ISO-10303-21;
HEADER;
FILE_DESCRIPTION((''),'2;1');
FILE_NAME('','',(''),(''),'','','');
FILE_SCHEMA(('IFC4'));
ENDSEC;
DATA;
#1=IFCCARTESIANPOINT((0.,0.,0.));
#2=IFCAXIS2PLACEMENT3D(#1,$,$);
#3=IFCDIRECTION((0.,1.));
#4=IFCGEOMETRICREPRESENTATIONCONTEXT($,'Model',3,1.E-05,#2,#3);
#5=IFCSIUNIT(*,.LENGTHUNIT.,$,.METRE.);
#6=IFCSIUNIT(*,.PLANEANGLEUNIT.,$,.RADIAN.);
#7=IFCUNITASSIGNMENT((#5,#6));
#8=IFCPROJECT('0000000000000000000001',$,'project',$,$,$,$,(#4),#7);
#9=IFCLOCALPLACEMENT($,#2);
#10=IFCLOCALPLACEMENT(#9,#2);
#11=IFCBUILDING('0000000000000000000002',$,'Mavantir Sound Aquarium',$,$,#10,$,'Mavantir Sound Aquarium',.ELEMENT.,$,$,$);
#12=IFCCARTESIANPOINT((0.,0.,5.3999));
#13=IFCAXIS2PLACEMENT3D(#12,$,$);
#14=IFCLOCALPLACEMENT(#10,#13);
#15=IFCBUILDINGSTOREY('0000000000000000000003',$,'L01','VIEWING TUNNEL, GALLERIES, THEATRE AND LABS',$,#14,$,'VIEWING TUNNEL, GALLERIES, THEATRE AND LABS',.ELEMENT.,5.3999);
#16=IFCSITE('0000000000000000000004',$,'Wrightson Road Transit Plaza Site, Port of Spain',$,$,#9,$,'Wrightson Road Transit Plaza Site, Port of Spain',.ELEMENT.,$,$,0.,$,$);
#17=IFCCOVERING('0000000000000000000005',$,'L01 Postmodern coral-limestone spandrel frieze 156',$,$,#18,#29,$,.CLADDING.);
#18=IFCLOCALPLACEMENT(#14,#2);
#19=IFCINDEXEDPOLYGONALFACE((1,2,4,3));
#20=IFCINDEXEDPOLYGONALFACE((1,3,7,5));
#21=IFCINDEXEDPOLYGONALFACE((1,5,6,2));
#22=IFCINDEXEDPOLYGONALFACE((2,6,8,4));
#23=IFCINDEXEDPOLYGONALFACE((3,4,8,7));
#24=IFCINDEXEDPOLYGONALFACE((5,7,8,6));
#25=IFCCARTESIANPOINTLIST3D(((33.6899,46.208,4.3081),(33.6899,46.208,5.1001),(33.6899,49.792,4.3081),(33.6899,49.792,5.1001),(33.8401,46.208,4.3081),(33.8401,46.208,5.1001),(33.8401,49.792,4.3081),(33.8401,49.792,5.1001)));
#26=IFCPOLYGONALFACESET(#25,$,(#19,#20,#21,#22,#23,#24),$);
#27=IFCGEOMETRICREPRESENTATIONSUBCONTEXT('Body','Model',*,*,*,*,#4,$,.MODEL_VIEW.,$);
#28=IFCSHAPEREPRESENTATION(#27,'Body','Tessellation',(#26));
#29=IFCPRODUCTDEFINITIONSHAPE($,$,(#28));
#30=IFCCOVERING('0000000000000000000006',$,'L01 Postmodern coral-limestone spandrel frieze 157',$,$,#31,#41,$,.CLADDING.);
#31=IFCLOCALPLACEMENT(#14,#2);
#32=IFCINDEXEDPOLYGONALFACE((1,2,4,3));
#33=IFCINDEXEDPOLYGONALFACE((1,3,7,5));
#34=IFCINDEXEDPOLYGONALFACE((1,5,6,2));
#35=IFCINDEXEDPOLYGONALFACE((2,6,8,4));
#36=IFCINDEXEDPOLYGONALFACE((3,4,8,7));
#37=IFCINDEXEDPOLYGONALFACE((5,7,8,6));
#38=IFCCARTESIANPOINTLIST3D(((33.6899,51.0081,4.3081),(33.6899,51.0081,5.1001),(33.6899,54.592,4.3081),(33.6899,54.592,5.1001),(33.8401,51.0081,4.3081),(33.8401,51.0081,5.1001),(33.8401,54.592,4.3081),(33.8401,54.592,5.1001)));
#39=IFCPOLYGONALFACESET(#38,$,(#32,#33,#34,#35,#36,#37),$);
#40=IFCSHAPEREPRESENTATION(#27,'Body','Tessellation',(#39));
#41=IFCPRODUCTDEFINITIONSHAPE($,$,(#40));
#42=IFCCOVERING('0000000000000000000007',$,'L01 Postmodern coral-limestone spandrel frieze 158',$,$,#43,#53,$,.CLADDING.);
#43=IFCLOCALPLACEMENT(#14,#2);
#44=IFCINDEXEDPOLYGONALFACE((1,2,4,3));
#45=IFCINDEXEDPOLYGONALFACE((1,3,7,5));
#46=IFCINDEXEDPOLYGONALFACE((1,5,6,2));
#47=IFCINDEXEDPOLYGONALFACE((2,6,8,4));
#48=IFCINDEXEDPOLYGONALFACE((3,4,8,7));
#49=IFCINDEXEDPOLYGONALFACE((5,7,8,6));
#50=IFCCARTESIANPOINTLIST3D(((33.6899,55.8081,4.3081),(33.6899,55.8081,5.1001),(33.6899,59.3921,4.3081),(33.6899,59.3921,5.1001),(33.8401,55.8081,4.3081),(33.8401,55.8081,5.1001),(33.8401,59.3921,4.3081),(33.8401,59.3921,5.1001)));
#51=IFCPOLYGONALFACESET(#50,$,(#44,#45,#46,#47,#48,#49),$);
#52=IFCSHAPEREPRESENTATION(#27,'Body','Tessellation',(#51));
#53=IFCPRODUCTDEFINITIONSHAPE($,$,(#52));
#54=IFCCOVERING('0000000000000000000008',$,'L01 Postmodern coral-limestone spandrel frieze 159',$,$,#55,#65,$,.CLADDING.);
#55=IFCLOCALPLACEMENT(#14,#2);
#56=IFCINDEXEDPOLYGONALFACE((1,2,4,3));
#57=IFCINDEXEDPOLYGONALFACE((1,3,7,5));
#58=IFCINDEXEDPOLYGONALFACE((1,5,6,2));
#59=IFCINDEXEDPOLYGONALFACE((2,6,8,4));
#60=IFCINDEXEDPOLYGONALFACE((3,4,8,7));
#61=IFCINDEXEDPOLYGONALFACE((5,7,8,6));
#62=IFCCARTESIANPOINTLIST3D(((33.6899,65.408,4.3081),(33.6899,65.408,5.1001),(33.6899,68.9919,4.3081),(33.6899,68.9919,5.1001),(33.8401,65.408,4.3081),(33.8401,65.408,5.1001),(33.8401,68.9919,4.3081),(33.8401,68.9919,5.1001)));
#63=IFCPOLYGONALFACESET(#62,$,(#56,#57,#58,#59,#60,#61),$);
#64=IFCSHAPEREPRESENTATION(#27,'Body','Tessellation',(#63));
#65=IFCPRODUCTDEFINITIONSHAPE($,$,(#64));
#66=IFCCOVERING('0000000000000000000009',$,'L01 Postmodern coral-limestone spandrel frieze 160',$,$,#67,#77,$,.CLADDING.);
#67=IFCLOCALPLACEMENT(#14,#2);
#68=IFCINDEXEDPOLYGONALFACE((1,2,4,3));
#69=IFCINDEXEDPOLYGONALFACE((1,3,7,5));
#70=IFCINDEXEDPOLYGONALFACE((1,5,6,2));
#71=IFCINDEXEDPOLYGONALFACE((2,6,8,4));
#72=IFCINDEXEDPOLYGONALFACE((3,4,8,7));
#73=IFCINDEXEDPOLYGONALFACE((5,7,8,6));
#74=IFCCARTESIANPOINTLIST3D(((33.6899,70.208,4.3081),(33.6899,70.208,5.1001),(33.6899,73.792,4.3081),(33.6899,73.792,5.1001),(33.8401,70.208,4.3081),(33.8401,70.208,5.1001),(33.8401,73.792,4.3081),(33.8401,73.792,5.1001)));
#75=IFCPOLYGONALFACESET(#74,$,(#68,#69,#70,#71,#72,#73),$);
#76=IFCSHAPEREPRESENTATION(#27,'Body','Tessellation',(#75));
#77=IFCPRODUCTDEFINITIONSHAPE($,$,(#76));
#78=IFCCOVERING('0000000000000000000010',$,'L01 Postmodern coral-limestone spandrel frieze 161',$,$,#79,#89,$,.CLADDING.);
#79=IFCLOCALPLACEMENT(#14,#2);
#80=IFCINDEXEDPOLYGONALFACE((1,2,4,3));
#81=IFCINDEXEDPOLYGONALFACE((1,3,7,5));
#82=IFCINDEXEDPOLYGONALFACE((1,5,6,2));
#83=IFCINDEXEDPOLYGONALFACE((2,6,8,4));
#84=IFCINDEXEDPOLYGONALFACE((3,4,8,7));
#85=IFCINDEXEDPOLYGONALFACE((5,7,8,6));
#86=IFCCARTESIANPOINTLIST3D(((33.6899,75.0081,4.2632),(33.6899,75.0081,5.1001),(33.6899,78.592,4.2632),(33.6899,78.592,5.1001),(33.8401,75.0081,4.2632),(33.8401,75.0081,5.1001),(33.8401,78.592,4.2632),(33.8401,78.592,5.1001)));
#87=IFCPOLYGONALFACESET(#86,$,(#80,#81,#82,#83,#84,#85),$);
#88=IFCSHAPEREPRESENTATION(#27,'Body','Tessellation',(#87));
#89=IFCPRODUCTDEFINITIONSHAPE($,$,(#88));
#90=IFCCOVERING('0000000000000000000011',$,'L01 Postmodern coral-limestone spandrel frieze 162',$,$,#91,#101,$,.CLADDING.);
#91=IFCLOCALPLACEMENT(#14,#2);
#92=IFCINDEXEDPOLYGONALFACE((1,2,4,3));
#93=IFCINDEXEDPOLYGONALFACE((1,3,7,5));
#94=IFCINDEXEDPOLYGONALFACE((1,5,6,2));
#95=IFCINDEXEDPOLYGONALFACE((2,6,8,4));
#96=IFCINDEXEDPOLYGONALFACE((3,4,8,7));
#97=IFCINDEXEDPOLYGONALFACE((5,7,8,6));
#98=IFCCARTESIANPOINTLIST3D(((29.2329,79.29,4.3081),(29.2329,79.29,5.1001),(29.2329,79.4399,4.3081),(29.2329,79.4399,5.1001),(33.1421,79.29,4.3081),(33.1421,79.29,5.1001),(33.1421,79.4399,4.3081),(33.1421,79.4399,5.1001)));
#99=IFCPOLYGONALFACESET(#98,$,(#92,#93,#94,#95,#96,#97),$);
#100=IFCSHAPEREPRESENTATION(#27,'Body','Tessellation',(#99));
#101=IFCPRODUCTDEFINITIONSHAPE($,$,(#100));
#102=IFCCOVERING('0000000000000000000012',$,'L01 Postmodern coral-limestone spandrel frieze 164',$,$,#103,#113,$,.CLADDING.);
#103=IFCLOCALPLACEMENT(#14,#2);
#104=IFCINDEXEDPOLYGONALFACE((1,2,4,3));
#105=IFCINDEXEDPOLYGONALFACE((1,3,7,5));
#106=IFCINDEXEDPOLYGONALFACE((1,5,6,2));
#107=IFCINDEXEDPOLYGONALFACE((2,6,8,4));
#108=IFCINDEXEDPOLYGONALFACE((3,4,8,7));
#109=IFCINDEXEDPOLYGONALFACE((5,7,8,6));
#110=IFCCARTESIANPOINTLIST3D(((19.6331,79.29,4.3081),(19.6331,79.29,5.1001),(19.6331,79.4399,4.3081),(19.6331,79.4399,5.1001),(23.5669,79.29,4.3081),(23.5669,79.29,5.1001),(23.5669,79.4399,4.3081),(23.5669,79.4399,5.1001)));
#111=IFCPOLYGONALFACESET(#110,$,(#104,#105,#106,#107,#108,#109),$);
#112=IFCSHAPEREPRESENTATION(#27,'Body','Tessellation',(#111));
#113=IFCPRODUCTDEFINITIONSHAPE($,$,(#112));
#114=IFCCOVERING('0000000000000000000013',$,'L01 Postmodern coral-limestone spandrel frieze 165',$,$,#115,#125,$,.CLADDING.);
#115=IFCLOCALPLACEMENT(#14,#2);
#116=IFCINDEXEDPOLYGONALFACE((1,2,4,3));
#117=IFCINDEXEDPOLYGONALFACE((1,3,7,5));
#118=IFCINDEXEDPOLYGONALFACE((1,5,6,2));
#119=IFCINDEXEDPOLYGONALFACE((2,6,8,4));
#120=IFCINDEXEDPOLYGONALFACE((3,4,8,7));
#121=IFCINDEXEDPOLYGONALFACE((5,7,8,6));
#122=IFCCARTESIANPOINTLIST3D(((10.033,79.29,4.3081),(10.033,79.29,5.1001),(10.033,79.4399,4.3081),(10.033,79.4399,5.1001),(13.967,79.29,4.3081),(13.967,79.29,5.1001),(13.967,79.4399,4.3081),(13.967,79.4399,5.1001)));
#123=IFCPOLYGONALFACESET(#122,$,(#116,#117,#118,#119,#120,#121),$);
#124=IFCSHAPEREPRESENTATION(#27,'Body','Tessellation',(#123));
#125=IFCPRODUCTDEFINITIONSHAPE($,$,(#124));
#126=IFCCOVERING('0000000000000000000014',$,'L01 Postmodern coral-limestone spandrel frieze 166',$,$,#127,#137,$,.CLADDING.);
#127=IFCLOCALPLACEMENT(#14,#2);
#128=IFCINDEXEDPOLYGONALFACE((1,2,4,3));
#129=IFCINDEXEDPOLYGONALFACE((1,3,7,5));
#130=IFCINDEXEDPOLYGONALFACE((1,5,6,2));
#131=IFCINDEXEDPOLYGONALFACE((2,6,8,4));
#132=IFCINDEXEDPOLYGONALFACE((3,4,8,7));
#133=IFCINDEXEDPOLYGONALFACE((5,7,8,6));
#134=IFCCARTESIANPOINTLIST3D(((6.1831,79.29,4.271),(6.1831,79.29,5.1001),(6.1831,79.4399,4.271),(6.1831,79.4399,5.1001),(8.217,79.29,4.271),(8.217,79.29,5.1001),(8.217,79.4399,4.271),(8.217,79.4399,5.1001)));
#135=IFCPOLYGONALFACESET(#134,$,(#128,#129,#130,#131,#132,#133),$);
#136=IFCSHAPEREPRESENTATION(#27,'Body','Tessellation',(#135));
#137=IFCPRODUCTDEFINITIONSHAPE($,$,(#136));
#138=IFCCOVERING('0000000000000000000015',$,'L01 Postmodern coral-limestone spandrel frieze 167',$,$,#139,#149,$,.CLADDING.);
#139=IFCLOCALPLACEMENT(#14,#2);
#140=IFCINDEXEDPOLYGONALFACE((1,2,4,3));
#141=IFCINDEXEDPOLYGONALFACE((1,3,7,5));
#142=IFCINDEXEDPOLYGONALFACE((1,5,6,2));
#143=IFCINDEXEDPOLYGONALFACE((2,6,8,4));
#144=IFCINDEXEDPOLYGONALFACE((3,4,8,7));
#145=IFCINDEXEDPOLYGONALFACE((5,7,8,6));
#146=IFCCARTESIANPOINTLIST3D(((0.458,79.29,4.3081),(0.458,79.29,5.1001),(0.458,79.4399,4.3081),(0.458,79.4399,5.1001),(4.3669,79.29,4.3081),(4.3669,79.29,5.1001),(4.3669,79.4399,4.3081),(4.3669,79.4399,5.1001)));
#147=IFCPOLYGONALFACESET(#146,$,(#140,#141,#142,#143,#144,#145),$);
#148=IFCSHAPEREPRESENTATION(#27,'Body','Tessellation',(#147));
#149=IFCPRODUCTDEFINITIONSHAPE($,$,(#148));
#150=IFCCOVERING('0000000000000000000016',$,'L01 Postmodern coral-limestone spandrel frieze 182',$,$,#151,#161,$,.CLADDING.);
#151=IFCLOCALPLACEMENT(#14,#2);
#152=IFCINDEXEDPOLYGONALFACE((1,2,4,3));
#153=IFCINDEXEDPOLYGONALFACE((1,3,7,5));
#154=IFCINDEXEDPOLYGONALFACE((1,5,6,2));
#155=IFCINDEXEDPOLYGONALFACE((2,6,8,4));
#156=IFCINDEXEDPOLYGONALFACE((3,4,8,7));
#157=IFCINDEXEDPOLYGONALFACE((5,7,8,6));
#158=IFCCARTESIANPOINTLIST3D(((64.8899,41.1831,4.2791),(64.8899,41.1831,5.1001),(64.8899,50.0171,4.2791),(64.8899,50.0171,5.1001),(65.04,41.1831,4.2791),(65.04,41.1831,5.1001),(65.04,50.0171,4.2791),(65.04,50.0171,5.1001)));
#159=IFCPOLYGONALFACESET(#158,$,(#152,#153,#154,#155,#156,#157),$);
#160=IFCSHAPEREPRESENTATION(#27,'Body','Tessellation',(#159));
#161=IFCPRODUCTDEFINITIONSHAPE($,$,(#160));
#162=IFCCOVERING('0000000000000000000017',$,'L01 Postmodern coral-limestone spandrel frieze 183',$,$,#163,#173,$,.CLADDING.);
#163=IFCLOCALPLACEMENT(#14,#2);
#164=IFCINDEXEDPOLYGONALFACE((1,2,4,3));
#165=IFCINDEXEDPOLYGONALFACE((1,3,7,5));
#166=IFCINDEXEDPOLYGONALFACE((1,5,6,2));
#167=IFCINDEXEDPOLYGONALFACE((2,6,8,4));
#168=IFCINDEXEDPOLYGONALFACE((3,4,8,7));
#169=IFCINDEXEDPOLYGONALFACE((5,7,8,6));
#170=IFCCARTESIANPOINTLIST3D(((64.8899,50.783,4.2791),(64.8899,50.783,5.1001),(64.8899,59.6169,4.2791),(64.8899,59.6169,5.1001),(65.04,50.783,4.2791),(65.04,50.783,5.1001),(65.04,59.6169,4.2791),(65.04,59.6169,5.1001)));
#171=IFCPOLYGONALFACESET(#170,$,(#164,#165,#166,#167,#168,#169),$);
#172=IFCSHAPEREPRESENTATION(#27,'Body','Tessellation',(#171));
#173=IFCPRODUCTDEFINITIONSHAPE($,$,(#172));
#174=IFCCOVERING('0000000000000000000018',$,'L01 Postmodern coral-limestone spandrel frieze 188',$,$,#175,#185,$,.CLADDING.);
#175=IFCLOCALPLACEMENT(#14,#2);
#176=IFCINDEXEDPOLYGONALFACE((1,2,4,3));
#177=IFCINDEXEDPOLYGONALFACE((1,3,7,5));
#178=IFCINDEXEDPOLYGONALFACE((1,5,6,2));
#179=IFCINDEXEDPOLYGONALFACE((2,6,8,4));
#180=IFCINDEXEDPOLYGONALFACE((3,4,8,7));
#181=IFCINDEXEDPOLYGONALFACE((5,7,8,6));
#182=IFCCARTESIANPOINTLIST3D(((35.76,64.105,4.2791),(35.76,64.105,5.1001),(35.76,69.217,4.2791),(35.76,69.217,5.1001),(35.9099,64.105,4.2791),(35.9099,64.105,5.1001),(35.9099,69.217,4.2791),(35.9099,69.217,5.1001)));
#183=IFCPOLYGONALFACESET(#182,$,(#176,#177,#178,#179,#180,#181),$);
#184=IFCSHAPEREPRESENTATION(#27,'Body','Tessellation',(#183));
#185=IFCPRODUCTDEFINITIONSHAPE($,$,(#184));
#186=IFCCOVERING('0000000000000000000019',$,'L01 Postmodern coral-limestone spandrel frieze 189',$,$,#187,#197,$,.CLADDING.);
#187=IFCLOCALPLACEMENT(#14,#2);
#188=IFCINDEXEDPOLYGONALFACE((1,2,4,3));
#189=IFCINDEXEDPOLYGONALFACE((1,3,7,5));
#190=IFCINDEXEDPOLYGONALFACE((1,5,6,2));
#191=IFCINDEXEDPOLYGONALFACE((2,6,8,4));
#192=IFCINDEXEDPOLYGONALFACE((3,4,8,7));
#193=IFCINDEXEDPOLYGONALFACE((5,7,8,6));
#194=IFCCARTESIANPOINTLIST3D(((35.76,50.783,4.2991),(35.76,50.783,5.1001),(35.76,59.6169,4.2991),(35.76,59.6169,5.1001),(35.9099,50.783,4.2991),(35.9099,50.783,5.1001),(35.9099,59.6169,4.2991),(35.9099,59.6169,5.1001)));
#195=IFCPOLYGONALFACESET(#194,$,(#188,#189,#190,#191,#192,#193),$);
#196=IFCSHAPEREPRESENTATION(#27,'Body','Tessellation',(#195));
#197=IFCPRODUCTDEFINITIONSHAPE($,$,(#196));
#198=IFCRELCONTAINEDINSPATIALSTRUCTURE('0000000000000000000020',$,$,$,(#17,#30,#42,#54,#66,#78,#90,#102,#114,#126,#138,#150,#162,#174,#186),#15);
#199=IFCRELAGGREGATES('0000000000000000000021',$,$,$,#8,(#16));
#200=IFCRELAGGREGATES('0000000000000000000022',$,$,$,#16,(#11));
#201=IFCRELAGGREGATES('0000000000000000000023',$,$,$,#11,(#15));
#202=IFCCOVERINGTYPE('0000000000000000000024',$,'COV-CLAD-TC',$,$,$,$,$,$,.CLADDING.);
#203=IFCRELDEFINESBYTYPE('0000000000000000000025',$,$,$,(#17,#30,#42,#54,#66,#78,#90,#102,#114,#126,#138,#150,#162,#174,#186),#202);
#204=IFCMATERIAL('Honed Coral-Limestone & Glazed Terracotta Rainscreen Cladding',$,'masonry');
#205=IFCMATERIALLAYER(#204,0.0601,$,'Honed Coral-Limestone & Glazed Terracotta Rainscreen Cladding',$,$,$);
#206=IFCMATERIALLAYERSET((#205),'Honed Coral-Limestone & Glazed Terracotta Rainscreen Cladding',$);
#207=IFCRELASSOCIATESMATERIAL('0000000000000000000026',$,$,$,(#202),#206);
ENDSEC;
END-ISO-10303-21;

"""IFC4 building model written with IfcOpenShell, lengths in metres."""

from ifc_helpers import new_model, si_unit, direction, frame, origin, place, context, subcontext, project, spatial, polyline, outline, extrude, material, layer, layer_set, type_object, element, save


model = new_model("IFC4")

# Units and contexts
model_context = context("Model", 3, precision=1e-05, world=origin(), true_north=direction((0.0, 1.0)))
body_context = subcontext(model_context, "Body", "Model", "MODEL_VIEW")
ifc_project = project(units=[si_unit("LENGTHUNIT", "METRE"), si_unit("PLANEANGLEUNIT", "RADIAN")], contexts=[model_context])

# Site, building, storey
site_placement = place(None, origin())
site = spatial("IfcSite", under=ifc_project, at=site_placement, Name="Wrightson Road Transit Plaza Site, Port of Spain", LongName="Wrightson Road Transit Plaza Site, Port of Spain", CompositionType="ELEMENT", RefElevation=0.0)
building_placement = place(site_placement, origin())
building = spatial("IfcBuilding", under=site, at=building_placement, Name="Mavantir Sound Aquarium", LongName="Mavantir Sound Aquarium", CompositionType="ELEMENT")
storey_placement = place(building_placement, frame((0.0, 0.0, 5.3999)))
storey = spatial("IfcBuildingStorey", under=building, at=storey_placement, Name="L01", Description="VIEWING TUNNEL, GALLERIES, THEATRE AND LABS", LongName="VIEWING TUNNEL, GALLERIES, THEATRE AND LABS", CompositionType="ELEMENT", Elevation=5.3999)

# Coverings
ifc_material = material(Name="Honed Coral-Limestone & Glazed Terracotta Rainscreen Cladding", Category="masonry")
ifc_layer = layer(ifc_material, 0.0601, Name="Honed Coral-Limestone & Glazed Terracotta Rainscreen Cladding")
ifc_layer_set = layer_set([ifc_layer], Name="Honed Coral-Limestone & Glazed Terracotta Rainscreen Cladding")
covering_type = type_object("IfcCoveringType", Name="COV-CLAD-TC", PredefinedType="CLADDING", material=ifc_layer_set)
covering_1_placement = place(storey_placement, frame((0.0, 0.0, 4.3081)))
element("IfcCovering", 1, at=covering_1_placement, inside=storey, type_object=covering_type, Name="L01 Postmodern coral-limestone spandrel frieze 156", PredefinedType="CLADDING", context=body_context, shape_type="SweptSolid", body=[
    extrude(outline(polyline([(33.6899, 46.208), (33.6899, 49.792), (33.8401, 49.792), (33.8401, 46.208), (33.6899, 46.208)])), origin(), (0.0, 0.0, 1.0), 0.792),
])
covering_2_placement = place(storey_placement, frame((0.0, 0.0, 4.3081)))
element("IfcCovering", 2, at=covering_2_placement, inside=storey, type_object=covering_type, Name="L01 Postmodern coral-limestone spandrel frieze 157", PredefinedType="CLADDING", context=body_context, shape_type="SweptSolid", body=[
    extrude(outline(polyline([(33.6899, 51.0081), (33.6899, 54.592), (33.8401, 54.592), (33.8401, 51.0081), (33.6899, 51.0081)])), origin(), (0.0, 0.0, 1.0), 0.792),
])
covering_3_placement = place(storey_placement, frame((0.0, 0.0, 4.3081)))
element("IfcCovering", 3, at=covering_3_placement, inside=storey, type_object=covering_type, Name="L01 Postmodern coral-limestone spandrel frieze 158", PredefinedType="CLADDING", context=body_context, shape_type="SweptSolid", body=[
    extrude(outline(polyline([(33.6899, 55.8081), (33.6899, 59.3921), (33.8401, 59.3921), (33.8401, 55.8081), (33.6899, 55.8081)])), origin(), (0.0, 0.0, 1.0), 0.792),
])
covering_4_placement = place(storey_placement, frame((0.0, 0.0, 4.3081)))
element("IfcCovering", 4, at=covering_4_placement, inside=storey, type_object=covering_type, Name="L01 Postmodern coral-limestone spandrel frieze 159", PredefinedType="CLADDING", context=body_context, shape_type="SweptSolid", body=[
    extrude(outline(polyline([(33.6899, 65.408), (33.6899, 68.9919), (33.8401, 68.9919), (33.8401, 65.408), (33.6899, 65.408)])), origin(), (0.0, 0.0, 1.0), 0.792),
])
covering_5_placement = place(storey_placement, frame((0.0, 0.0, 4.3081)))
element("IfcCovering", 5, at=covering_5_placement, inside=storey, type_object=covering_type, Name="L01 Postmodern coral-limestone spandrel frieze 160", PredefinedType="CLADDING", context=body_context, shape_type="SweptSolid", body=[
    extrude(outline(polyline([(33.6899, 70.208), (33.6899, 73.792), (33.8401, 73.792), (33.8401, 70.208), (33.6899, 70.208)])), origin(), (0.0, 0.0, 1.0), 0.792),
])
covering_6_placement = place(storey_placement, frame((0.0, 0.0, 4.2632)))
element("IfcCovering", 6, at=covering_6_placement, inside=storey, type_object=covering_type, Name="L01 Postmodern coral-limestone spandrel frieze 161", PredefinedType="CLADDING", context=body_context, shape_type="SweptSolid", body=[
    extrude(outline(polyline([(33.6899, 75.0081), (33.6899, 78.592), (33.8401, 78.592), (33.8401, 75.0081), (33.6899, 75.0081)])), origin(), (0.0, 0.0, 1.0), 0.8369),
])
covering_7_placement = place(storey_placement, frame((0.0, 0.0, 4.3081)))
element("IfcCovering", 7, at=covering_7_placement, inside=storey, type_object=covering_type, Name="L01 Postmodern coral-limestone spandrel frieze 162", PredefinedType="CLADDING", context=body_context, shape_type="SweptSolid", body=[
    extrude(outline(polyline([(33.1421, 79.29), (29.2329, 79.29), (29.2329, 79.4399), (33.1421, 79.4399), (33.1421, 79.29)])), origin(), (0.0, 0.0, 1.0), 0.792),
])
covering_8_placement = place(storey_placement, frame((0.0, 0.0, 4.3081)))
element("IfcCovering", 8, at=covering_8_placement, inside=storey, type_object=covering_type, Name="L01 Postmodern coral-limestone spandrel frieze 164", PredefinedType="CLADDING", context=body_context, shape_type="SweptSolid", body=[
    extrude(outline(polyline([(23.5669, 79.29), (19.6331, 79.29), (19.6331, 79.4399), (23.5669, 79.4399), (23.5669, 79.29)])), origin(), (0.0, 0.0, 1.0), 0.792),
])
covering_9_placement = place(storey_placement, frame((0.0, 0.0, 4.3081)))
element("IfcCovering", 9, at=covering_9_placement, inside=storey, type_object=covering_type, Name="L01 Postmodern coral-limestone spandrel frieze 165", PredefinedType="CLADDING", context=body_context, shape_type="SweptSolid", body=[
    extrude(outline(polyline([(13.967, 79.29), (10.033, 79.29), (10.033, 79.4399), (13.967, 79.4399), (13.967, 79.29)])), origin(), (0.0, 0.0, 1.0), 0.792),
])
covering_10_placement = place(storey_placement, frame((0.0, 0.0, 4.271)))
element("IfcCovering", 10, at=covering_10_placement, inside=storey, type_object=covering_type, Name="L01 Postmodern coral-limestone spandrel frieze 166", PredefinedType="CLADDING", context=body_context, shape_type="SweptSolid", body=[
    extrude(outline(polyline([(8.217, 79.29), (6.1831, 79.29), (6.1831, 79.4399), (8.217, 79.4399), (8.217, 79.29)])), origin(), (0.0, 0.0, 1.0), 0.8291),
])
covering_11_placement = place(storey_placement, frame((0.0, 0.0, 4.3081)))
element("IfcCovering", 11, at=covering_11_placement, inside=storey, type_object=covering_type, Name="L01 Postmodern coral-limestone spandrel frieze 167", PredefinedType="CLADDING", context=body_context, shape_type="SweptSolid", body=[
    extrude(outline(polyline([(4.3669, 79.29), (0.458, 79.29), (0.458, 79.4399), (4.3669, 79.4399), (4.3669, 79.29)])), origin(), (0.0, 0.0, 1.0), 0.792),
])
covering_12_placement = place(storey_placement, frame((0.0, 0.0, 4.2791)))
element("IfcCovering", 12, at=covering_12_placement, inside=storey, type_object=covering_type, Name="L01 Postmodern coral-limestone spandrel frieze 182", PredefinedType="CLADDING", context=body_context, shape_type="SweptSolid", body=[
    extrude(outline(polyline([(64.8899, 41.1831), (64.8899, 50.0171), (65.04, 50.0171), (65.04, 41.1831), (64.8899, 41.1831)])), origin(), (0.0, 0.0, 1.0), 0.821),
])
covering_13_placement = place(storey_placement, frame((0.0, 0.0, 4.2791)))
element("IfcCovering", 13, at=covering_13_placement, inside=storey, type_object=covering_type, Name="L01 Postmodern coral-limestone spandrel frieze 183", PredefinedType="CLADDING", context=body_context, shape_type="SweptSolid", body=[
    extrude(outline(polyline([(64.8899, 50.783), (64.8899, 59.6169), (65.04, 59.6169), (65.04, 50.783), (64.8899, 50.783)])), origin(), (0.0, 0.0, 1.0), 0.821),
])
covering_14_placement = place(storey_placement, frame((0.0, 0.0, 4.2791)))
element("IfcCovering", 14, at=covering_14_placement, inside=storey, type_object=covering_type, Name="L01 Postmodern coral-limestone spandrel frieze 188", PredefinedType="CLADDING", context=body_context, shape_type="SweptSolid", body=[
    extrude(outline(polyline([(35.9099, 69.217), (35.9099, 64.105), (35.76, 64.105), (35.76, 69.217), (35.9099, 69.217)])), origin(), (0.0, 0.0, 1.0), 0.821),
])
covering_15_placement = place(storey_placement, frame((0.0, 0.0, 4.2991)))
element("IfcCovering", 15, at=covering_15_placement, inside=storey, type_object=covering_type, Name="L01 Postmodern coral-limestone spandrel frieze 189", PredefinedType="CLADDING", context=body_context, shape_type="SweptSolid", body=[
    extrude(outline(polyline([(35.9099, 59.6169), (35.9099, 50.783), (35.76, 50.783), (35.76, 59.6169), (35.9099, 59.6169)])), origin(), (0.0, 0.0, 1.0), 0.801),
])

save(model, "model.ifc")
